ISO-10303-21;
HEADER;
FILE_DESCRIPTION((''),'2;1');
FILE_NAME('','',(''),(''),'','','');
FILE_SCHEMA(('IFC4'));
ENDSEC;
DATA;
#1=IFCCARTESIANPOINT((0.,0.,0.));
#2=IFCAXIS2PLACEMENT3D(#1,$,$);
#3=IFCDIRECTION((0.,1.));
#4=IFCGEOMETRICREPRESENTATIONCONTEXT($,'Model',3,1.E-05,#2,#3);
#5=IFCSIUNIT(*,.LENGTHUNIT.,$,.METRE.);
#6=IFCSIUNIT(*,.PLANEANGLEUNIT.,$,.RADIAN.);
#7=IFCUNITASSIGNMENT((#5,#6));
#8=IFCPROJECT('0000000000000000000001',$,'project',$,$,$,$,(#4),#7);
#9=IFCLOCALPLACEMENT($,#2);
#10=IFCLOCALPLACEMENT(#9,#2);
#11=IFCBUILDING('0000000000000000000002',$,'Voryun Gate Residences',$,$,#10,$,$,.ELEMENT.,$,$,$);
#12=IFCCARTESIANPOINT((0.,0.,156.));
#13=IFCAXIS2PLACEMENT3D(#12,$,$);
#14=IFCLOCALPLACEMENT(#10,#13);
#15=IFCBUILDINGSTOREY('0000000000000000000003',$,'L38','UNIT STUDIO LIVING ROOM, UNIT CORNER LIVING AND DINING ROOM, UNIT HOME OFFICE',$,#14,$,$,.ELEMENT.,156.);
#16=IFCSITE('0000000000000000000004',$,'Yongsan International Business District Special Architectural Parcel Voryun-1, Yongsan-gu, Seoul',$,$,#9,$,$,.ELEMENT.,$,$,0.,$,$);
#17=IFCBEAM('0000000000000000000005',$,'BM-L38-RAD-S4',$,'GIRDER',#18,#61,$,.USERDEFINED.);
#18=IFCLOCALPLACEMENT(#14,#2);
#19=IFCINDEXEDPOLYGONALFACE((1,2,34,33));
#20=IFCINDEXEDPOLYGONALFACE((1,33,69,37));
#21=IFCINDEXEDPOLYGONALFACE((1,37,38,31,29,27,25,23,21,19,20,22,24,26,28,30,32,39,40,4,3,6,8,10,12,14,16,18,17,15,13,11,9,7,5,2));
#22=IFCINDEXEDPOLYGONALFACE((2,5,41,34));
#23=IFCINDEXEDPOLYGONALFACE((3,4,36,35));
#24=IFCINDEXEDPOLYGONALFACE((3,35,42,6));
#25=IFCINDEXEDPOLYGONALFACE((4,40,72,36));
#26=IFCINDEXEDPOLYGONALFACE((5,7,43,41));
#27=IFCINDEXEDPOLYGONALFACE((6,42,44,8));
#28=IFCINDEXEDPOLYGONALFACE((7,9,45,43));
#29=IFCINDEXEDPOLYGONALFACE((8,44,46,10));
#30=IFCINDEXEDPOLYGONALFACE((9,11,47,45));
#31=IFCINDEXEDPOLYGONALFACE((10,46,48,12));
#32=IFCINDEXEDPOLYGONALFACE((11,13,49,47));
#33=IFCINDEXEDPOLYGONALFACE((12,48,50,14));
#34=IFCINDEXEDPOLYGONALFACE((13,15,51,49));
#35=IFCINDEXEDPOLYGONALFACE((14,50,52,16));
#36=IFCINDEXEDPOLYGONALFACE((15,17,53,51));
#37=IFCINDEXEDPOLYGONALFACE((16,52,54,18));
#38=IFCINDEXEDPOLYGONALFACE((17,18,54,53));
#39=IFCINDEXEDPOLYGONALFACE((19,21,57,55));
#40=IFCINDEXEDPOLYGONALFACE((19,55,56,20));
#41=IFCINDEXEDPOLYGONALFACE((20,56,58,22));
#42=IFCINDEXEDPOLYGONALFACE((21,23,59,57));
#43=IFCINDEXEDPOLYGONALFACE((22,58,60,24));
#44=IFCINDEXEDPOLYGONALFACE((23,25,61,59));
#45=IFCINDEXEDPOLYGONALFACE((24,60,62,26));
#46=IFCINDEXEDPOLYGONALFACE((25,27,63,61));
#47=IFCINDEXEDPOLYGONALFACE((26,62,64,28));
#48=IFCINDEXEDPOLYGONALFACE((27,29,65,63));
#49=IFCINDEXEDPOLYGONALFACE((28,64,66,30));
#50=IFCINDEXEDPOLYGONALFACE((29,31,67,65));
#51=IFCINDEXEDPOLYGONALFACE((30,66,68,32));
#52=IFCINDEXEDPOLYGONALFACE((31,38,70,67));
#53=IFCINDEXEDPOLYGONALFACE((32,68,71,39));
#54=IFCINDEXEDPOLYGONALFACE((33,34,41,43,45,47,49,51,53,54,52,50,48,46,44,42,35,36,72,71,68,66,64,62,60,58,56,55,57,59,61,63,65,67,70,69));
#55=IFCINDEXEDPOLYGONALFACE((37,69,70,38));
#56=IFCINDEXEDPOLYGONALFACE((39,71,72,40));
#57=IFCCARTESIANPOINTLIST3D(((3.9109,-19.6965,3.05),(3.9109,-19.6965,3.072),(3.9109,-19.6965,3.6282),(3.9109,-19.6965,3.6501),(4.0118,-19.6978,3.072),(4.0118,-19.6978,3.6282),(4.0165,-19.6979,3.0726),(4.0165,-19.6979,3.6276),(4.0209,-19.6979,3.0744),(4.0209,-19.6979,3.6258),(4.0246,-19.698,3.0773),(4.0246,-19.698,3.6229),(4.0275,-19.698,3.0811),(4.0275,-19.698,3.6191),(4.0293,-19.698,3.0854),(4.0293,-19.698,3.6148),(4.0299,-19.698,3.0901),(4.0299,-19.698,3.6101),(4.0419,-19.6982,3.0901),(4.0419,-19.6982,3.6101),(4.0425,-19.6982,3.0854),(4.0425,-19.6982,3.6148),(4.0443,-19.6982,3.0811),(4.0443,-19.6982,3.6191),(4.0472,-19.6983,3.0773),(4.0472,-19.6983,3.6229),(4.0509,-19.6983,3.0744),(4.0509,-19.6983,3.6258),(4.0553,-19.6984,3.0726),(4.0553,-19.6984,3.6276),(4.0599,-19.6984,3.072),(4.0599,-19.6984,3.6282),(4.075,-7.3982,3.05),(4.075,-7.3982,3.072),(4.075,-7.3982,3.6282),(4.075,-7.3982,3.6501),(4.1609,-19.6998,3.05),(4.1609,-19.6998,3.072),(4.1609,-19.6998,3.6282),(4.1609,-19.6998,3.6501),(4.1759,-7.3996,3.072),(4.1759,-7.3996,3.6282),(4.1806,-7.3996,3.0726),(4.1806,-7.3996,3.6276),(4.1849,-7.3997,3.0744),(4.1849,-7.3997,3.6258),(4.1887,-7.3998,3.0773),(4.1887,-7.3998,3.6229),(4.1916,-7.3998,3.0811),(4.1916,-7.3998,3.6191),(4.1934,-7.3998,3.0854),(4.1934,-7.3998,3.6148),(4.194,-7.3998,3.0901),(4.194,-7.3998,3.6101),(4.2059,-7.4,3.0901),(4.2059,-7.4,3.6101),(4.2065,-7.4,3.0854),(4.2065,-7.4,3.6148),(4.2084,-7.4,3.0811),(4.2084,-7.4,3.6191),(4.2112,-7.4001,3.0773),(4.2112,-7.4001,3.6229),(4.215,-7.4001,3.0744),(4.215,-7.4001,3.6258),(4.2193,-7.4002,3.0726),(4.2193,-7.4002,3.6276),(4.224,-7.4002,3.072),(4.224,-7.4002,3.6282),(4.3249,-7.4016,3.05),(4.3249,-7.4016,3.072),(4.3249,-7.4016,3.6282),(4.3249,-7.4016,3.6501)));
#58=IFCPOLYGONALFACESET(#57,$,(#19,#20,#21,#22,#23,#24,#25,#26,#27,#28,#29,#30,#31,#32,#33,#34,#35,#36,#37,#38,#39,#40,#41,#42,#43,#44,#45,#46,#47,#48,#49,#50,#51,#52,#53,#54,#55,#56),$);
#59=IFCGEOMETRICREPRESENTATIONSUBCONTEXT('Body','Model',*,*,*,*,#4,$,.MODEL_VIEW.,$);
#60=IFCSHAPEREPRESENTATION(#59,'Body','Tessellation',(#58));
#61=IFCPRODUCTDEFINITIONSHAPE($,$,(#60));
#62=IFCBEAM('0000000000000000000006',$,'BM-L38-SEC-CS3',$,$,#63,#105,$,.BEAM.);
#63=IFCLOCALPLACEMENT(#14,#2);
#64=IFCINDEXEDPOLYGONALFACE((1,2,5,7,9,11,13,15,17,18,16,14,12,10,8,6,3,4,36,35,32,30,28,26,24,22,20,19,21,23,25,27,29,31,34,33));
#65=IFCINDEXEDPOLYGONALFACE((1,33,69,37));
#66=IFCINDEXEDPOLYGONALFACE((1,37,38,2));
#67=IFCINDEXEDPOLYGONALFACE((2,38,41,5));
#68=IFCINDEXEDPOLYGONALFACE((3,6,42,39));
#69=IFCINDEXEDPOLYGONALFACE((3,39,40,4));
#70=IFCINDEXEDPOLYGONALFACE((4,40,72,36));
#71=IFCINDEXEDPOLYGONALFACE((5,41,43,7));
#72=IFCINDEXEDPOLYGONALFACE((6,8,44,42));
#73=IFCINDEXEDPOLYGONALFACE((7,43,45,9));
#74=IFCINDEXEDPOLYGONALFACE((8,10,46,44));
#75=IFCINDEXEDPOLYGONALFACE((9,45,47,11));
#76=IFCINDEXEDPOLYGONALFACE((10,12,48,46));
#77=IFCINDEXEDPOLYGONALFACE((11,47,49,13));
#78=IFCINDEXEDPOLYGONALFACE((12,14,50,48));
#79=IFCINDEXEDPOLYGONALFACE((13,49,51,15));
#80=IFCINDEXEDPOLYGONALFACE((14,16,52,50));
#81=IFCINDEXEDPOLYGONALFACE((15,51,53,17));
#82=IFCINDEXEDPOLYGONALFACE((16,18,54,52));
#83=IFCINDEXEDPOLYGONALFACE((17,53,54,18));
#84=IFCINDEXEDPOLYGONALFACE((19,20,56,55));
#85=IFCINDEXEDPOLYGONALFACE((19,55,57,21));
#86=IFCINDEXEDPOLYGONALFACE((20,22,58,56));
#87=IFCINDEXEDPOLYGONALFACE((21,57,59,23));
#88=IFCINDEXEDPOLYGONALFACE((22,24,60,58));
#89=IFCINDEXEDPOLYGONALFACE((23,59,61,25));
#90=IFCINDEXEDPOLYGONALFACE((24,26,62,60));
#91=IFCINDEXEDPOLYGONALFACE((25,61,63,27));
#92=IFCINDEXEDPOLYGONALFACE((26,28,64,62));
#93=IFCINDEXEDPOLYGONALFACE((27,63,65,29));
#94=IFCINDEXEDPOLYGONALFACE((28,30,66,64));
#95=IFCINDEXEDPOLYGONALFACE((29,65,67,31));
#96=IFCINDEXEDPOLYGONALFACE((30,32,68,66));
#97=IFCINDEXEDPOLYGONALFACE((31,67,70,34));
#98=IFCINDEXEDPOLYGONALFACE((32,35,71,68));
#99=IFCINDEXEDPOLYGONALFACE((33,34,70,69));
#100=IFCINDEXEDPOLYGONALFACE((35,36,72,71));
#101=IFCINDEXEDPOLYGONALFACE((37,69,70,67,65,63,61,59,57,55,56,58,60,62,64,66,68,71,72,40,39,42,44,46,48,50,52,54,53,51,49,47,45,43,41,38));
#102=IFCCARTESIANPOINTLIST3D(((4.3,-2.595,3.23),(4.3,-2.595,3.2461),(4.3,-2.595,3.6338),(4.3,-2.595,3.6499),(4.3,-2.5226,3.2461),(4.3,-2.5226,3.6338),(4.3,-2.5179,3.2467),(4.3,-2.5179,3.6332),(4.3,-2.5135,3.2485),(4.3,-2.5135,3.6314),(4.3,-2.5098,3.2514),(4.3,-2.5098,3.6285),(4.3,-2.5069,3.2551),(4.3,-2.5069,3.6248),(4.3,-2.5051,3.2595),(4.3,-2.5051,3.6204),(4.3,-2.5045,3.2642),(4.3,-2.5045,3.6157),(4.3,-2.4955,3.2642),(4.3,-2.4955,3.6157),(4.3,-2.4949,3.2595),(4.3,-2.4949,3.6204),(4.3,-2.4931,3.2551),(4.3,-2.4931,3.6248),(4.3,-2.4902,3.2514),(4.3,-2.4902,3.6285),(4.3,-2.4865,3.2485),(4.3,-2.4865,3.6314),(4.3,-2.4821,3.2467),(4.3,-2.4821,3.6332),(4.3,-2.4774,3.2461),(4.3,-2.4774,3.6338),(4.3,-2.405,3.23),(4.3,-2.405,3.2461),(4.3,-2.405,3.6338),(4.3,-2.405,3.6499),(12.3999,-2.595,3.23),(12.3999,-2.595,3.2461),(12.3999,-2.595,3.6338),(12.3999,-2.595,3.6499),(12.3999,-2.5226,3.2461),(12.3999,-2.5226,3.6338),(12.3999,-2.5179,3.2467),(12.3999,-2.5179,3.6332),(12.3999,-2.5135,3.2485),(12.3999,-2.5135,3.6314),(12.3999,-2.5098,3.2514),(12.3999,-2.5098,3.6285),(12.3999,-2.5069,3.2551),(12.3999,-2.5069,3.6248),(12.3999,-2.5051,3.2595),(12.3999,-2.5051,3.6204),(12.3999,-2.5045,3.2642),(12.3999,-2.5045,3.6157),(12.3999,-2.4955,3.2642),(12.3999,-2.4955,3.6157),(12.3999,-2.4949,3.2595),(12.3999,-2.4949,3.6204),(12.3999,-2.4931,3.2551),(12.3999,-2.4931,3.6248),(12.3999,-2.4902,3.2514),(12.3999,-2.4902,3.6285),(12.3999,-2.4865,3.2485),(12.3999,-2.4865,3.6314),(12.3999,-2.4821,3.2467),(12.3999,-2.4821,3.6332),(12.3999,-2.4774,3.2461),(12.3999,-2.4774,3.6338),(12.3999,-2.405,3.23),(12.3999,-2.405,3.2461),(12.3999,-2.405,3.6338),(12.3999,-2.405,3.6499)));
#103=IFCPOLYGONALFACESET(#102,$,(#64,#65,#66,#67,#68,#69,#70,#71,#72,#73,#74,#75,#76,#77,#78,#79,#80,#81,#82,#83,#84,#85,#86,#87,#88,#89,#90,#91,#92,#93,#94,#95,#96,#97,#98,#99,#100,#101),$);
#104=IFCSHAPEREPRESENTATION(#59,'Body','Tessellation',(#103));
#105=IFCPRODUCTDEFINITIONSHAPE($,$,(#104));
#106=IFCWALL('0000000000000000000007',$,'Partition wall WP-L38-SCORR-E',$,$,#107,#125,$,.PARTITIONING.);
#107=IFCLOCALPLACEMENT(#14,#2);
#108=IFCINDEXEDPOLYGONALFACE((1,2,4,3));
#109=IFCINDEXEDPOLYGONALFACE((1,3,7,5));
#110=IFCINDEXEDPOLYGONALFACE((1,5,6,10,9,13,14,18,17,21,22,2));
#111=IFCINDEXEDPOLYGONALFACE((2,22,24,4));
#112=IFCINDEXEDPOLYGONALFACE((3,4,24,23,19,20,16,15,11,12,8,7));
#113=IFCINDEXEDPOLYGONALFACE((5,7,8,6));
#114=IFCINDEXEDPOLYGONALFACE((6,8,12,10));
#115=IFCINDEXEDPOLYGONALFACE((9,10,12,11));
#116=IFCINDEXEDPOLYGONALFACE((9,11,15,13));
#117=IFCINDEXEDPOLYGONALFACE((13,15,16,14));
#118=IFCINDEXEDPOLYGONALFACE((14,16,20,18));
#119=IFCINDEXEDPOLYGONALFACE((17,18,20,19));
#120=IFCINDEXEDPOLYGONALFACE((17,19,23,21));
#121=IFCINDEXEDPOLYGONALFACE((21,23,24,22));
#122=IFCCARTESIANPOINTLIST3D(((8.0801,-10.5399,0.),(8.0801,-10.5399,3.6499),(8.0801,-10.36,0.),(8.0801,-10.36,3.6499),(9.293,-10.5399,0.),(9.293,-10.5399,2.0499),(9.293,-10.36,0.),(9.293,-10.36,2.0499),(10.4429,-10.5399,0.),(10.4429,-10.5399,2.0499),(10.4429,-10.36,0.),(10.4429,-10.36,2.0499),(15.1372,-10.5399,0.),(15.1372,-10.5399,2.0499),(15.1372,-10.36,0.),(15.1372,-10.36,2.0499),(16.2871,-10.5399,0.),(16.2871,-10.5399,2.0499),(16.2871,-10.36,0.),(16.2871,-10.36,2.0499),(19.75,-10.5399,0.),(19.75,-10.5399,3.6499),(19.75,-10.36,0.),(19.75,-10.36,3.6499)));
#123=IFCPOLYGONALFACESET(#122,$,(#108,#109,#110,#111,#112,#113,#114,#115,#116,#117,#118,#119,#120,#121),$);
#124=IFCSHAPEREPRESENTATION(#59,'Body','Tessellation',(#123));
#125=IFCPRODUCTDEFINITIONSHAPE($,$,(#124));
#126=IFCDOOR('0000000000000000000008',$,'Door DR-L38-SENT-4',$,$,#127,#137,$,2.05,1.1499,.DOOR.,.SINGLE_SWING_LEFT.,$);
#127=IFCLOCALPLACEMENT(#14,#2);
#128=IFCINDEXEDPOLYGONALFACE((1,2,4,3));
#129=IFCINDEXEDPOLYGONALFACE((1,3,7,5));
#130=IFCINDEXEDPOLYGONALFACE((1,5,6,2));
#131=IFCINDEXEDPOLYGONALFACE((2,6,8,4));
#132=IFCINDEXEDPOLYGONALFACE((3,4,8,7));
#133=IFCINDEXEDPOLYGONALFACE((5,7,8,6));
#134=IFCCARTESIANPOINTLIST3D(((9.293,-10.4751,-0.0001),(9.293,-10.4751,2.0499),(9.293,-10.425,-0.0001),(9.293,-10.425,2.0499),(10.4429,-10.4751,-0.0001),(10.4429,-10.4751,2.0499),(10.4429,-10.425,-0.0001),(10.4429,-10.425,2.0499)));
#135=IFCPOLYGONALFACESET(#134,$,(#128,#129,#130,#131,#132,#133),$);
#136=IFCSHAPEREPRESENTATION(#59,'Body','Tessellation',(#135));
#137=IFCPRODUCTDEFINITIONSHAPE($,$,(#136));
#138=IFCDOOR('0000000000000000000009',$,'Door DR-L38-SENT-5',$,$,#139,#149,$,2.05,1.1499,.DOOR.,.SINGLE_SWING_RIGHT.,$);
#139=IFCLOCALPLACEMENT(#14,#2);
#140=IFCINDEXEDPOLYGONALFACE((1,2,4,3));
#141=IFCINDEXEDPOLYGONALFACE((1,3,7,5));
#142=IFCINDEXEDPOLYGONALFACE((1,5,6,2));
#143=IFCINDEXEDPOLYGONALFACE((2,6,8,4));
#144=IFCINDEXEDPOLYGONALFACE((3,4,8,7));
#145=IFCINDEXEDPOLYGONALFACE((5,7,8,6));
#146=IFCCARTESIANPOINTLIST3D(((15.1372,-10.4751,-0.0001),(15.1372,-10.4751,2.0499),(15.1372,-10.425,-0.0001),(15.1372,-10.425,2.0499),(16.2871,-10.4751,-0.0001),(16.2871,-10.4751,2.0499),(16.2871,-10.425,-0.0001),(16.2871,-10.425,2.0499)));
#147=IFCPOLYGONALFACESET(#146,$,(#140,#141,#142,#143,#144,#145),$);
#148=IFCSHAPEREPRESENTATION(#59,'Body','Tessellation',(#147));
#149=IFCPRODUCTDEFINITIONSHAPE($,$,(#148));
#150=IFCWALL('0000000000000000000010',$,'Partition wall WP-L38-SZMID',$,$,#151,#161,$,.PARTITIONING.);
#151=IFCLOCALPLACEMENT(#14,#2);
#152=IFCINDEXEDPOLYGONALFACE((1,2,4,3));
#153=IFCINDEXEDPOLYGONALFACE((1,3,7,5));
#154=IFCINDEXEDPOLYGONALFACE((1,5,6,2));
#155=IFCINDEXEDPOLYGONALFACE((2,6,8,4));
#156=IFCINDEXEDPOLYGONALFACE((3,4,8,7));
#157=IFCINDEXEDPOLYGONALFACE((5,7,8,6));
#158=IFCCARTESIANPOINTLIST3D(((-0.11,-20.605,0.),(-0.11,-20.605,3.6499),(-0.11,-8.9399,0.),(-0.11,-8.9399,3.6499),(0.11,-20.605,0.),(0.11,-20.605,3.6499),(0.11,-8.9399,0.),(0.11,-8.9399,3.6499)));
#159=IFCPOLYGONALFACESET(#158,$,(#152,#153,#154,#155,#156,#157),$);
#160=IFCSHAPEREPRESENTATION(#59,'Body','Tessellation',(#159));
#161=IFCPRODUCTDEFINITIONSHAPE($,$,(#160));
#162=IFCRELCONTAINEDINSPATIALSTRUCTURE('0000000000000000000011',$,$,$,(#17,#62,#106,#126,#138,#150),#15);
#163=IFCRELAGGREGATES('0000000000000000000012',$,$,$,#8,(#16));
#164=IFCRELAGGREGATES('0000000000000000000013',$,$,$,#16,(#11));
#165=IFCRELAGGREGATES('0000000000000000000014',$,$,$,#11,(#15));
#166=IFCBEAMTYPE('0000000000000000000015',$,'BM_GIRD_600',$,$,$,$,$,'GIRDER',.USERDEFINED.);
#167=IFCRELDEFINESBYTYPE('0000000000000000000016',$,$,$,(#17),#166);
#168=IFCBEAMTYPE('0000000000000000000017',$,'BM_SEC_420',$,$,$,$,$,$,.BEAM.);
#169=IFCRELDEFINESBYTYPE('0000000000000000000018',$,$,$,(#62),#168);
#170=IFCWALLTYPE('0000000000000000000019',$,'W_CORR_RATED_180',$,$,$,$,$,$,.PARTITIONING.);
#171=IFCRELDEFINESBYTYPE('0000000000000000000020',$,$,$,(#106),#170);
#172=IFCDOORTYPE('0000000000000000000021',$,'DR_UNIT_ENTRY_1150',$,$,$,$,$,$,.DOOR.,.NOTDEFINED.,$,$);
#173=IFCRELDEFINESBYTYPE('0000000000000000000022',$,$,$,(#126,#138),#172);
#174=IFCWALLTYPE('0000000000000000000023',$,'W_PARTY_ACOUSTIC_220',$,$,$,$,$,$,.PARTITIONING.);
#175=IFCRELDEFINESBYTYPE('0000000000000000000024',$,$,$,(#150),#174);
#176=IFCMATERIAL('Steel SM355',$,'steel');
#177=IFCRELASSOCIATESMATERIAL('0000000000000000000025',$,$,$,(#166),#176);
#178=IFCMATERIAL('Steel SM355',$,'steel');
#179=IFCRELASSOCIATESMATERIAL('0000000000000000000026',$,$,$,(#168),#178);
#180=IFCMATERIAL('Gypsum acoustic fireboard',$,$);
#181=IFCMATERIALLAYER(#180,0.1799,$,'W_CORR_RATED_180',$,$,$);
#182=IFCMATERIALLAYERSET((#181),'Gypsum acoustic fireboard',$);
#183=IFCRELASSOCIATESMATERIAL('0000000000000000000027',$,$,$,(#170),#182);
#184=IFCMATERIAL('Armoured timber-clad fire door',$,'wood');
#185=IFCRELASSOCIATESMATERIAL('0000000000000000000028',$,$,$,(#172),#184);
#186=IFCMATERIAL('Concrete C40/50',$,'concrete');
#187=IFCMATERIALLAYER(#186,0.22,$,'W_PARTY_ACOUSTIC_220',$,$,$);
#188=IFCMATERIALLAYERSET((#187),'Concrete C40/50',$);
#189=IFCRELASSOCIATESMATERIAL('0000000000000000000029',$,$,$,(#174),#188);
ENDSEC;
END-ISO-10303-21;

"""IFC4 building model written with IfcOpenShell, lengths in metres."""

from ifc_helpers import new_model, si_unit, direction, frame, frame_2d, origin, origin_2d, place, context, subcontext, project, spatial, rectangle, i_section, extrude, material, layer, layer_set, material_profile, profile_set, type_object, element, fill, save


model = new_model("IFC4")

# Units and contexts
model_context = context("Model", 3, precision=1e-05, world=origin(), true_north=direction((0.0, 1.0)))
body_context = subcontext(model_context, "Body", "Model", "MODEL_VIEW")
ifc_project = project(units=[si_unit("LENGTHUNIT", "METRE"), si_unit("PLANEANGLEUNIT", "RADIAN")], contexts=[model_context])

# Site, building, storey
site_placement = place(None, origin())
site = spatial("IfcSite", under=ifc_project, at=site_placement, Name="Yongsan International Business District Special Architectural Parcel Voryun-1, Yongsan-gu, Seoul", CompositionType="ELEMENT", RefElevation=0.0)
building_placement = place(site_placement, origin())
building = spatial("IfcBuilding", under=site, at=building_placement, Name="Voryun Gate Residences", CompositionType="ELEMENT")
storey_placement = place(building_placement, frame((0.0, 0.0, 156.0)))
storey = spatial("IfcBuildingStorey", under=building, at=storey_placement, Name="L38", Description="UNIT STUDIO LIVING ROOM, UNIT CORNER LIVING AND DINING ROOM, UNIT HOME OFFICE", CompositionType="ELEMENT", Elevation=156.0)

# Beams
ifc_material_1 = material(Name="Steel SM355", Category="steel")
ifc_material_profile_1 = material_profile(ifc_material_1, i_section(OverallWidth=0.25, OverallDepth=0.6001, WebThickness=0.012, FlangeThickness=0.022, FilletRadius=0.0181, at=origin_2d()), Name="H-600x250x12x22")
ifc_profile_set_1 = profile_set([ifc_material_profile_1], Name="Steel SM355")
beam_type_1 = type_object("IfcBeamType", Name="BM_GIRD_600", ElementType="GIRDER", PredefinedType="USERDEFINED", material=ifc_profile_set_1)
beam_1_placement = place(storey_placement, frame((4.2, -7.3999, 3.3501), z_axis=(-0.013339, -0.999911, 0.0), x_axis=(0.999911, -0.013339, 0.0)))
element("IfcBeam", 1, at=beam_1_placement, inside=storey, type_object=beam_type_1, Name="BM-L38-RAD-S4", ObjectType="GIRDER", PredefinedType="USERDEFINED", context=body_context, shape_type="SweptSolid", body=[
    extrude(i_section(OverallWidth=0.25, OverallDepth=0.6001, WebThickness=0.012, FlangeThickness=0.022, FilletRadius=0.0181, at=origin_2d()), origin(), (0.0, 0.0, 1.0), 12.2993),
])
ifc_material_2 = material(Name="Steel SM355", Category="steel")
ifc_material_profile_2 = material_profile(ifc_material_2, i_section(OverallWidth=0.1899, OverallDepth=0.4199, WebThickness=0.009, FlangeThickness=0.0161, FilletRadius=0.0181, at=origin_2d()), Name="H-420x190x9x16")
ifc_profile_set_2 = profile_set([ifc_material_profile_2], Name="Steel SM355")
beam_type_2 = type_object("IfcBeamType", Name="BM_SEC_420", PredefinedType="BEAM", material=ifc_profile_set_2)
beam_2_placement = place(storey_placement, frame((4.3, -2.5, 3.4399), z_axis=(1.0, 0.0, 0.0), x_axis=(0.0, 1.0, 0.0)))
element("IfcBeam", 2, at=beam_2_placement, inside=storey, type_object=beam_type_2, Name="BM-L38-SEC-CS3", PredefinedType="BEAM", context=body_context, shape_type="SweptSolid", body=[
    extrude(i_section(OverallWidth=0.1899, OverallDepth=0.4199, WebThickness=0.009, FlangeThickness=0.0161, FilletRadius=0.0181, at=origin_2d()), origin(), (0.0, 0.0, 1.0), 8.0999),
])

# Wall, openings, doors
ifc_material_3 = material(Name="Gypsum acoustic fireboard")
ifc_layer_1 = layer(ifc_material_3, 0.1799, Name="W_CORR_RATED_180")
ifc_layer_set_1 = layer_set([ifc_layer_1], Name="Gypsum acoustic fireboard")
wall_type_1 = type_object("IfcWallType", Name="W_CORR_RATED_180", PredefinedType="PARTITIONING", material=ifc_layer_set_1)
wall_1_placement = place(storey_placement, frame((8.0801, -10.45, 0.0), z_axis=(0.0, 0.0, 1.0), x_axis=(1.0, 0.0, 0.0)))
wall_1 = element("IfcWall", 3, at=wall_1_placement, inside=storey, type_object=wall_type_1, Name="Partition wall WP-L38-SCORR-E", PredefinedType="PARTITIONING", context=body_context, shape_type="SweptSolid", body=[
    extrude(rectangle(XDim=11.6699, YDim=0.1799, at=frame_2d((5.835, 0.0))), origin(), (0.0, 0.0, 1.0), 3.6499),
])
opening_1_placement = place(wall_1_placement, frame((1.2129, 0.0, 0.0)))
opening_1 = element("IfcOpeningElement", 4, at=opening_1_placement, cuts=wall_1, PredefinedType="OPENING", context=body_context, shape_type="SweptSolid", body=[
    extrude(rectangle(XDim=1.1499, YDim=2.05, at=frame_2d((0.575, 1.0249))), frame((0.0, 0.0999, 0.0), z_axis=(0.0, -1.0, 0.0), x_axis=(1.0, 0.0, 0.0)), (0.0, 0.0, 1.0), 0.2),
])
opening_2_placement = place(wall_1_placement, frame((7.0571, 0.0, 0.0)))
opening_2 = element("IfcOpeningElement", 5, at=opening_2_placement, cuts=wall_1, PredefinedType="OPENING", context=body_context, shape_type="SweptSolid", body=[
    extrude(rectangle(XDim=1.1499, YDim=2.05, at=frame_2d((0.575, 1.0249))), frame((0.0, 0.0999, 0.0), z_axis=(0.0, -1.0, 0.0), x_axis=(1.0, 0.0, 0.0)), (0.0, 0.0, 1.0), 0.2),
])
ifc_material_4 = material(Name="Armoured timber-clad fire door", Category="wood")
door_type_1 = type_object("IfcDoorType", Name="DR_UNIT_ENTRY_1150", OperationType="NOTDEFINED", PredefinedType="DOOR", material=ifc_material_4)
door_1_placement = place(opening_1_placement, origin())
door_1 = element("IfcDoor", 6, at=door_1_placement, inside=storey, type_object=door_type_1, Name="Door DR-L38-SENT-4", OperationType="SINGLE_SWING_LEFT", OverallHeight=2.05, OverallWidth=1.1499, PredefinedType="DOOR", context=body_context, shape_type="SweptSolid", body=[
    extrude(rectangle(XDim=1.1499, YDim=2.05, at=frame_2d((0.575, 1.0249))), frame((0.0, 0.0249, 0.0), z_axis=(0.0, -1.0, 0.0), x_axis=(1.0, 0.0, 0.0)), (0.0, 0.0, 1.0), 0.05),
])
fill(opening_1, door_1)
door_2_placement = place(opening_2_placement, origin())
door_2 = element("IfcDoor", 7, at=door_2_placement, inside=storey, type_object=door_type_1, Name="Door DR-L38-SENT-5", OperationType="SINGLE_SWING_RIGHT", OverallHeight=2.05, OverallWidth=1.1499, PredefinedType="DOOR", context=body_context, shape_type="SweptSolid", body=[
    extrude(rectangle(XDim=1.1499, YDim=2.05, at=frame_2d((0.575, 1.0249))), frame((0.0, 0.0249, 0.0), z_axis=(0.0, -1.0, 0.0), x_axis=(1.0, 0.0, 0.0)), (0.0, 0.0, 1.0), 0.05),
])
fill(opening_2, door_2)

# Wall
ifc_material_5 = material(Name="Concrete C40/50", Category="concrete")
ifc_layer_2 = layer(ifc_material_5, 0.22, Name="W_PARTY_ACOUSTIC_220")
ifc_layer_set_2 = layer_set([ifc_layer_2], Name="Concrete C40/50")
wall_type_2 = type_object("IfcWallType", Name="W_PARTY_ACOUSTIC_220", PredefinedType="PARTITIONING", material=ifc_layer_set_2)
wall_2_placement = place(storey_placement, frame((0.0, -20.605, 0.0), z_axis=(0.0, 0.0, 1.0), x_axis=(0.0, 1.0, 0.0)))
element("IfcWall", 8, at=wall_2_placement, inside=storey, type_object=wall_type_2, Name="Partition wall WP-L38-SZMID", PredefinedType="PARTITIONING", context=body_context, shape_type="SweptSolid", body=[
    extrude(rectangle(XDim=11.665, YDim=0.22, at=frame_2d((5.8325, 0.0))), origin(), (0.0, 0.0, 1.0), 3.6499),
])

save(model, "model.ifc")
